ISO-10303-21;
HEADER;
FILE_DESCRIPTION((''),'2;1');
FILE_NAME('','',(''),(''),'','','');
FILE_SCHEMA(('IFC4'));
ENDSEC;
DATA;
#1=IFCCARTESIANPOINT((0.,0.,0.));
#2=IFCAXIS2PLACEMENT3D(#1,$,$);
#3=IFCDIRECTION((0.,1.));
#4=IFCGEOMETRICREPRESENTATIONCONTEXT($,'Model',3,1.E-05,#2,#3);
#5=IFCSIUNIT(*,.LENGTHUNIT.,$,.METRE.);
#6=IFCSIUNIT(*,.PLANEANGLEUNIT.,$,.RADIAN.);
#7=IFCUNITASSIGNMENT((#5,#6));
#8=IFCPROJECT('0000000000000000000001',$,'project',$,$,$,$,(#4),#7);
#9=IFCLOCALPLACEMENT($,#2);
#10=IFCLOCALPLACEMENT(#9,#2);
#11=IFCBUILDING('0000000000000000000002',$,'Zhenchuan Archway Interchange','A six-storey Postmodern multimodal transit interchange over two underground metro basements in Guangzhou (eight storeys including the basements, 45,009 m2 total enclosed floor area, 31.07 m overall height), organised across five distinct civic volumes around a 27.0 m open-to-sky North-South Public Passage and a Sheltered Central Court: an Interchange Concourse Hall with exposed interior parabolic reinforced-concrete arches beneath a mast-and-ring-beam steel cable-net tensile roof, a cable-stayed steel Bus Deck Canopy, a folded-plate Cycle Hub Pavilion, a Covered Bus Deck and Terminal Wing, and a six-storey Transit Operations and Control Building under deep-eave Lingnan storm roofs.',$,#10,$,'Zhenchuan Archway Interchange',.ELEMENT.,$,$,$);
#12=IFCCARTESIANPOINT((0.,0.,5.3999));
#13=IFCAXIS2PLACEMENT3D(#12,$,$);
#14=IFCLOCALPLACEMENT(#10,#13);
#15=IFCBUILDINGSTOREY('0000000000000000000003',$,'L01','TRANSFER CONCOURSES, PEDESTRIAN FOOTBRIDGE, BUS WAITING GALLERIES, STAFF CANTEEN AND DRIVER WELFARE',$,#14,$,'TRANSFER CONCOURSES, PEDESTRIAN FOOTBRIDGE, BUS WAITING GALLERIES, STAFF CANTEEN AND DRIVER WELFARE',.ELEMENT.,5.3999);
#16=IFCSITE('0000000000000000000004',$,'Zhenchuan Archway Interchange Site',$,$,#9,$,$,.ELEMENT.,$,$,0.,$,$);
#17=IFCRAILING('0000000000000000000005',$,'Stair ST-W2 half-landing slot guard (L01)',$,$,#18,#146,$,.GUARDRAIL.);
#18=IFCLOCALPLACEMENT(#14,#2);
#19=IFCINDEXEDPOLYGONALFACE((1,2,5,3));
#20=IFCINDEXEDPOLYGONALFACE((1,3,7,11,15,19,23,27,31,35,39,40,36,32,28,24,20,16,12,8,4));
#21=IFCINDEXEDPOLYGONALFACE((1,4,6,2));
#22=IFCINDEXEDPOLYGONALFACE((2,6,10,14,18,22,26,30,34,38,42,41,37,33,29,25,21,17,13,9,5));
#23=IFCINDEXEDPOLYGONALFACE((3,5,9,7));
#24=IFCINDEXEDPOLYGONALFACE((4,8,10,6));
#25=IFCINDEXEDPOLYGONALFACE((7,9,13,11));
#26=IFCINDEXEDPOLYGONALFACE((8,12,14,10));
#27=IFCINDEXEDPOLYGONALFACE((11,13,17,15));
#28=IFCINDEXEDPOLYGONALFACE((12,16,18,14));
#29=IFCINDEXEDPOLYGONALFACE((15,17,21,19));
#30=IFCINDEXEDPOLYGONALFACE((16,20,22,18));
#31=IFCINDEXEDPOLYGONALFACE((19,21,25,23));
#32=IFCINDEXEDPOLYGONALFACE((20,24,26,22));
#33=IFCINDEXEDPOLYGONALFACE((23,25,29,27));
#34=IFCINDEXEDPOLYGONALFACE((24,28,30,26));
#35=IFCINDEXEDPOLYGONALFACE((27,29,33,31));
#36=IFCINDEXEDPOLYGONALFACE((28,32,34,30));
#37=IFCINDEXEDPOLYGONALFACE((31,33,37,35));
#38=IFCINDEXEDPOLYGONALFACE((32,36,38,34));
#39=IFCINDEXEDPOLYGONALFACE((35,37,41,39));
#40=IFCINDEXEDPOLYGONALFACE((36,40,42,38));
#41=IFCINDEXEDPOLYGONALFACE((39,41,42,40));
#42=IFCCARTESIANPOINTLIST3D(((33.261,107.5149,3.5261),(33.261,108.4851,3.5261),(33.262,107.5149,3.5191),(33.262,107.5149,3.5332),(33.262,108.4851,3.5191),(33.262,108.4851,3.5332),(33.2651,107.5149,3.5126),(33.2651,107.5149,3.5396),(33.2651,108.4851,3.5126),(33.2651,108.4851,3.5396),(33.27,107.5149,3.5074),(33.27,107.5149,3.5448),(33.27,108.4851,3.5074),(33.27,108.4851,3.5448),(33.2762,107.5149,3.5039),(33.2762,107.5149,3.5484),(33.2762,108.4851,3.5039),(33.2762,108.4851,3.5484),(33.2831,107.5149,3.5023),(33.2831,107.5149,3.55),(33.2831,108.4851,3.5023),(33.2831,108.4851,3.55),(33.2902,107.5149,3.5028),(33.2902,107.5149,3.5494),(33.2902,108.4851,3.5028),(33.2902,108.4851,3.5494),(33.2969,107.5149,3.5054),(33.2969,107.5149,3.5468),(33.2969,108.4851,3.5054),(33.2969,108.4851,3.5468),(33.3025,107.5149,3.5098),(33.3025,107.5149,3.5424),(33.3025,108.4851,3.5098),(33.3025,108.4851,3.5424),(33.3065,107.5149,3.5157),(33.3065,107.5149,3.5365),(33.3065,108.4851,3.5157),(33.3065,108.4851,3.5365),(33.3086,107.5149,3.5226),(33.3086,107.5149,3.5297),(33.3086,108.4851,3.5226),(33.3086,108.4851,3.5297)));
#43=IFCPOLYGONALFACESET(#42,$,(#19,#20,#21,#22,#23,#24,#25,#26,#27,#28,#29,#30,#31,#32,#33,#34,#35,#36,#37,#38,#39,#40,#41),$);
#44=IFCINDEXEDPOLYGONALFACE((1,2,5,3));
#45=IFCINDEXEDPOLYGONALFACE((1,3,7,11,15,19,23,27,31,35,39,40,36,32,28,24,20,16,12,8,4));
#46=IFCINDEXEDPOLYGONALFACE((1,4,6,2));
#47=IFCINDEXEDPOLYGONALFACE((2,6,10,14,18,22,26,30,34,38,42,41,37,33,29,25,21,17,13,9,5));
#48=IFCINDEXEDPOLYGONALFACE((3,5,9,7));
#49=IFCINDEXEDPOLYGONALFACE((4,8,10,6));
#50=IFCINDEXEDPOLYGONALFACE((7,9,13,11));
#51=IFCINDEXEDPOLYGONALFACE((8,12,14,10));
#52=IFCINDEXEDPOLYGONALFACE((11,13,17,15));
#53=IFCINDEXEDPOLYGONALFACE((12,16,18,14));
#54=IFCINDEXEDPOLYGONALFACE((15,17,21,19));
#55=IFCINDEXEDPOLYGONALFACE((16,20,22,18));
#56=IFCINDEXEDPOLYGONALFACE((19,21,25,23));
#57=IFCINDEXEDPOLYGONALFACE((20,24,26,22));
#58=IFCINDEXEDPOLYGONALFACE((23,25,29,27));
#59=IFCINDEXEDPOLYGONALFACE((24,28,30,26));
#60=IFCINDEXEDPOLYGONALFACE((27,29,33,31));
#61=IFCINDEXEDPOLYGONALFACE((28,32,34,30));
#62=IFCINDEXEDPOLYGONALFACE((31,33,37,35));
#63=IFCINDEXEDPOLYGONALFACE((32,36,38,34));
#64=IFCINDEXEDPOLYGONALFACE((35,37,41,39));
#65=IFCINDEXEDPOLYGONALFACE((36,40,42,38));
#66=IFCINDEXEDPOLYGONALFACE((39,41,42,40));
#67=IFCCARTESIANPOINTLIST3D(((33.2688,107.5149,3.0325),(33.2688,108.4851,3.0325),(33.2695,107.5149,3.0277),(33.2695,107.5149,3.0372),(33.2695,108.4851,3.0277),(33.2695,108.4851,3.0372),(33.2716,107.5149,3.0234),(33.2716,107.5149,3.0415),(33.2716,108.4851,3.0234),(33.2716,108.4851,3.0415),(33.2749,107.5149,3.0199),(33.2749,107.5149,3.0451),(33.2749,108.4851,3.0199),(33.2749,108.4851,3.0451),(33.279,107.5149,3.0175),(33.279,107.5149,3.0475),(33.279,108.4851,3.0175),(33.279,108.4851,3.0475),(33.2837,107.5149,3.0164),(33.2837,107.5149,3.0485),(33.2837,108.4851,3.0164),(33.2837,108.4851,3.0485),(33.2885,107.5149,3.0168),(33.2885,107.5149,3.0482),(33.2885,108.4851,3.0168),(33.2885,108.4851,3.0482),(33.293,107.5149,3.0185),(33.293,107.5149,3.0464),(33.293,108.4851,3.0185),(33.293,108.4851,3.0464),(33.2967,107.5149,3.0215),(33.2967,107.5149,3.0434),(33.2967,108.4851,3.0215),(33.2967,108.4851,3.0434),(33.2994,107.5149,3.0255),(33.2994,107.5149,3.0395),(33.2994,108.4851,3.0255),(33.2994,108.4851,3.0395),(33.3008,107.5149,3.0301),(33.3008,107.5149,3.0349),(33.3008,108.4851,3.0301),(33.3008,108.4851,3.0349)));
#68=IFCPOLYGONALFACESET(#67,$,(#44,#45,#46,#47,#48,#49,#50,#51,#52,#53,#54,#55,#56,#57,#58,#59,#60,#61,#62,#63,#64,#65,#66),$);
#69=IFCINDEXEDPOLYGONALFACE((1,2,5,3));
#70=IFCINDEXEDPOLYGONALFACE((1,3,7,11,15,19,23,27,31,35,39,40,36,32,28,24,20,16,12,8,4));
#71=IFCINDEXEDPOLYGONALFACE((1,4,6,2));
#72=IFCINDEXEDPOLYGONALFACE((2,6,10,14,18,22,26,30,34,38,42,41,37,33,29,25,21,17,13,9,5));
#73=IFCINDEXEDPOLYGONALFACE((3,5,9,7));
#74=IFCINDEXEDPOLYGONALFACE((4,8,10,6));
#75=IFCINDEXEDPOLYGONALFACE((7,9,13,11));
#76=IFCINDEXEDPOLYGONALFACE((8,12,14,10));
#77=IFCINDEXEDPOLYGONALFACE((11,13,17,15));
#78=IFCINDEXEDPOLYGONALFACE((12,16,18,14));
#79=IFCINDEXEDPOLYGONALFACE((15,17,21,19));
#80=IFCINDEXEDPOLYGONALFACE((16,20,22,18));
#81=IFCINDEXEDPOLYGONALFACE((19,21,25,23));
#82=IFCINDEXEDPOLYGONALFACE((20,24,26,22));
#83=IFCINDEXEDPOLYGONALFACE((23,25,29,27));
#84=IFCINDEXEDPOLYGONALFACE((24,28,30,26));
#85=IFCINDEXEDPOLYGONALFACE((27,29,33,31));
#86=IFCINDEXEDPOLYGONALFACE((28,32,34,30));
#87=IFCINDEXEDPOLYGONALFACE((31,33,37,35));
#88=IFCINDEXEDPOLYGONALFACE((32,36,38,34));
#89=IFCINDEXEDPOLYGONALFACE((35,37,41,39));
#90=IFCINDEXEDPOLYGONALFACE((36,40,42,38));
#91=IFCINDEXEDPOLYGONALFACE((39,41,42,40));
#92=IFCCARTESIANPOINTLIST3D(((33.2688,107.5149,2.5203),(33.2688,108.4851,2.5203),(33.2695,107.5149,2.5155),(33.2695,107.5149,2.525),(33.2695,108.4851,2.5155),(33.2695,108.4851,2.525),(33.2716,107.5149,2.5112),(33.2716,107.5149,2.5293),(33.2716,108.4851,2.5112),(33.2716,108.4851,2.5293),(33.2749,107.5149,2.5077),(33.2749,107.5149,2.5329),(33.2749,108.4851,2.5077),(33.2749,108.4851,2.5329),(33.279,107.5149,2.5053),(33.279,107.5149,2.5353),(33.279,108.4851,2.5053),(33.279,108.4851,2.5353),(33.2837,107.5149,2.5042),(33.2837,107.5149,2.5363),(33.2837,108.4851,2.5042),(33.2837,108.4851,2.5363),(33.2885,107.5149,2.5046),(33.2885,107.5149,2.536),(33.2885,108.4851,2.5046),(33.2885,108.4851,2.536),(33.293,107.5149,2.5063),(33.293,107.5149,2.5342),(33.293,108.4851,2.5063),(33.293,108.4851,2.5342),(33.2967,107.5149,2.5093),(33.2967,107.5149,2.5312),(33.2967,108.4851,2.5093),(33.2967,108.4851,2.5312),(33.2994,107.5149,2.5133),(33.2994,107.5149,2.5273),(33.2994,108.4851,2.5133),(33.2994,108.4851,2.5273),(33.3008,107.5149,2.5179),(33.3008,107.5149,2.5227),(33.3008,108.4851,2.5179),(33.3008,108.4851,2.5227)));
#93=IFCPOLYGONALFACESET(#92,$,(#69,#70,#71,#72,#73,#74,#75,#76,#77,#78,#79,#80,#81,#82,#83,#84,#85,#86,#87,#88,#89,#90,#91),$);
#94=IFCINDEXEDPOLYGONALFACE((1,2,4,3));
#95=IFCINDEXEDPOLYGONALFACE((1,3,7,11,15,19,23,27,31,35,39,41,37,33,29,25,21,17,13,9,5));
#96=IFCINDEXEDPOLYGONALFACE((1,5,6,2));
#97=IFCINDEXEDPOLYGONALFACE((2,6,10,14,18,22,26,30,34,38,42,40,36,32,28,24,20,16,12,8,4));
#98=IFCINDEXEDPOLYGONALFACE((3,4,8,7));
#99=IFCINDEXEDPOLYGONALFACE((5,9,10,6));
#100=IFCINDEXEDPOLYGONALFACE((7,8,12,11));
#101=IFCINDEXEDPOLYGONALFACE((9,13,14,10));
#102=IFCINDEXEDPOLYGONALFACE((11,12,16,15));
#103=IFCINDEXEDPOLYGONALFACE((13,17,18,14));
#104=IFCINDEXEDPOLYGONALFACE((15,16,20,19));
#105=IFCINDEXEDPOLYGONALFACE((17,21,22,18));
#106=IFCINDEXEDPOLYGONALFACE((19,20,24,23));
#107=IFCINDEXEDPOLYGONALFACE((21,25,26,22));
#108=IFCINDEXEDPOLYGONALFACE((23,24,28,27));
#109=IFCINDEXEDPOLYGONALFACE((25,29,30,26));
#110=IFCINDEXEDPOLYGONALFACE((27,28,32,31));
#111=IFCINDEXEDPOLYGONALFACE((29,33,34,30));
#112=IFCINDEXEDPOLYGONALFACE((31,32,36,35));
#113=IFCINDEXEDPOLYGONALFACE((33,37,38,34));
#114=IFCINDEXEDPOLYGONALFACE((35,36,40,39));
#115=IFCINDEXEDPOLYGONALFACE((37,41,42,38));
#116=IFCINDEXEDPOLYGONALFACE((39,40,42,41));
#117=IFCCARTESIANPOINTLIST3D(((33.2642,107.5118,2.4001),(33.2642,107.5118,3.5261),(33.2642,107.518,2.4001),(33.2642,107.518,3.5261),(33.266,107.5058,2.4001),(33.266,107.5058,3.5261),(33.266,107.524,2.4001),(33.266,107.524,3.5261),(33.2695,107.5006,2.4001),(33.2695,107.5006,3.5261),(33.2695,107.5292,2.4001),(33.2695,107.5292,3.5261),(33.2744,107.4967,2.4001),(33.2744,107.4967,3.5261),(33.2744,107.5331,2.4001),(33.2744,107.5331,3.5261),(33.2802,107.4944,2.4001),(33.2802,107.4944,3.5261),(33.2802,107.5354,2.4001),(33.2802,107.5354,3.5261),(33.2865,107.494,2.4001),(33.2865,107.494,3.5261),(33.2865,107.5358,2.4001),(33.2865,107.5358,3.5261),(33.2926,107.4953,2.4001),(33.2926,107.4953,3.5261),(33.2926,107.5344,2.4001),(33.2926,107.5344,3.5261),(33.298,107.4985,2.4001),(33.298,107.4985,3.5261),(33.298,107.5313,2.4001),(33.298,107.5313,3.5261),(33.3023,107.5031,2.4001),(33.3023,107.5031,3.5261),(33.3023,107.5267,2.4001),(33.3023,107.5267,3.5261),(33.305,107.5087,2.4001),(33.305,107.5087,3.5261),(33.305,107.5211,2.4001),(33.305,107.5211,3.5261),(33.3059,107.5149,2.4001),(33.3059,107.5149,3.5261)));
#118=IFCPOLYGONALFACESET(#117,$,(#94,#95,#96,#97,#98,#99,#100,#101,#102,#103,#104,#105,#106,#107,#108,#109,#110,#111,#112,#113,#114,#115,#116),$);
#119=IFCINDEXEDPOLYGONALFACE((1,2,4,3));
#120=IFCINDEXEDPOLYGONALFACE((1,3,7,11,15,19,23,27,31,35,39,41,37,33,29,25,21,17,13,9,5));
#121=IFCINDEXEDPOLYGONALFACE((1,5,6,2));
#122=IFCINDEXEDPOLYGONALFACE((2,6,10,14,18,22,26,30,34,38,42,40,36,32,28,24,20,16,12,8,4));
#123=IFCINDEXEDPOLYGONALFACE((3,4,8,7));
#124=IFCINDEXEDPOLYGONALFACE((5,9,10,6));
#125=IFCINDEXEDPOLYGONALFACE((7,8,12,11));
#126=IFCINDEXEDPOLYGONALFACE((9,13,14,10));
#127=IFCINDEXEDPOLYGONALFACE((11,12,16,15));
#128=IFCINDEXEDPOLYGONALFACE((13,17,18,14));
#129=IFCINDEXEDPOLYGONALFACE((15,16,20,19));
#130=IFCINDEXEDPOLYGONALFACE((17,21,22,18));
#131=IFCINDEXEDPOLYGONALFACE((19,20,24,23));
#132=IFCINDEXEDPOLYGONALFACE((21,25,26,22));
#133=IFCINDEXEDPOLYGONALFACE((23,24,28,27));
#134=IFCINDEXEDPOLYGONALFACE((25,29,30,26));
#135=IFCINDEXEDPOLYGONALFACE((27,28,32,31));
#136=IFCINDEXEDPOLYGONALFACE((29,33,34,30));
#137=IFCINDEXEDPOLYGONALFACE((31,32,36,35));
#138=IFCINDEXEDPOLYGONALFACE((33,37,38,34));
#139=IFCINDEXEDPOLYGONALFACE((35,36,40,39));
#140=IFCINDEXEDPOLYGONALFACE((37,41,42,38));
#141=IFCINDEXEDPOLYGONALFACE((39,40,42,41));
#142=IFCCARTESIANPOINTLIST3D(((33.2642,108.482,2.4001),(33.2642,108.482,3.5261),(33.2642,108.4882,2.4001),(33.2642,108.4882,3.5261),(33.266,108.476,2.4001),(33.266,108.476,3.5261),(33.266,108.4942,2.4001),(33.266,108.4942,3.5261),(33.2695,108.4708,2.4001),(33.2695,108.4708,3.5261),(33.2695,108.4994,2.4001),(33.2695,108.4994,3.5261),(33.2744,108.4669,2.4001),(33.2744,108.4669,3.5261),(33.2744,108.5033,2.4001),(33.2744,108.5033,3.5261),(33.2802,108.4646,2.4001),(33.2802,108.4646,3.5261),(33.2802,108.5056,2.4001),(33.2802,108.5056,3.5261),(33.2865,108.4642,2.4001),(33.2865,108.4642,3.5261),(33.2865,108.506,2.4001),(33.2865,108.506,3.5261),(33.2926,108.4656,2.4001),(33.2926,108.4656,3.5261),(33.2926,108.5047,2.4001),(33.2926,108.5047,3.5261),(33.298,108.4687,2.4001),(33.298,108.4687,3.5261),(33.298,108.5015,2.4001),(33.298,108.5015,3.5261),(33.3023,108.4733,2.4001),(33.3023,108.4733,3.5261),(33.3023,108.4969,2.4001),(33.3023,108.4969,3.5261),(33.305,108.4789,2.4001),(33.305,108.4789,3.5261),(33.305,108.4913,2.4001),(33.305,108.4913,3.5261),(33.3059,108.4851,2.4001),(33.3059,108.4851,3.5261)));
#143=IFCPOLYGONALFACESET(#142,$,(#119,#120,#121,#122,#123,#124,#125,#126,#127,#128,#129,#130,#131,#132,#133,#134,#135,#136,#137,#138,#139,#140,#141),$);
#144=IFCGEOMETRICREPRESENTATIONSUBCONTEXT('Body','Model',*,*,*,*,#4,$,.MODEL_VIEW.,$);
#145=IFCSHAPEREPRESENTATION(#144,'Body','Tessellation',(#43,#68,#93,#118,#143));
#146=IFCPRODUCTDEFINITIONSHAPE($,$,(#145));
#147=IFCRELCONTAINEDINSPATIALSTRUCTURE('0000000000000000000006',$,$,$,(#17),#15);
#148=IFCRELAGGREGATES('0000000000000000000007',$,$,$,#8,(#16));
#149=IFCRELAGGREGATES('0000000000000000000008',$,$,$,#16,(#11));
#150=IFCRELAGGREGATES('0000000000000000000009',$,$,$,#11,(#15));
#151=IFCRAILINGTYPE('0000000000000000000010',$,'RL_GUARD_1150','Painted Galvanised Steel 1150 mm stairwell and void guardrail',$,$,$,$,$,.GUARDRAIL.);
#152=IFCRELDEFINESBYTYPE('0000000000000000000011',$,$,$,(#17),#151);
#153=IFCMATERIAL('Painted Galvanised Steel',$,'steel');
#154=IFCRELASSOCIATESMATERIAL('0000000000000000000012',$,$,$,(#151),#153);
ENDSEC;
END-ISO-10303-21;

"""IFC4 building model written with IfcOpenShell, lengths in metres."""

from ifc_helpers import new_model, si_unit, direction, frame, origin, origin_2d, place, context, subcontext, project, spatial, circle, extrude, material, type_object, element, save


model = new_model("IFC4")

# Units and contexts
model_context = context("Model", 3, precision=1e-05, world=origin(), true_north=direction((0.0, 1.0)))
body_context = subcontext(model_context, "Body", "Model", "MODEL_VIEW")
ifc_project = project(units=[si_unit("LENGTHUNIT", "METRE"), si_unit("PLANEANGLEUNIT", "RADIAN")], contexts=[model_context])

# Site, building, storey
site_placement = place(None, origin())
site = spatial("IfcSite", under=ifc_project, at=site_placement, Name="Zhenchuan Archway Interchange Site", CompositionType="ELEMENT", RefElevation=0.0)
building_placement = place(site_placement, origin())
building = spatial("IfcBuilding", under=site, at=building_placement, Name="Zhenchuan Archway Interchange", Description="A six-storey Postmodern multimodal transit interchange over two underground metro basements in Guangzhou (eight storeys including the basements, 45,009 m2 total enclosed floor area, 31.07 m overall height), organised across five distinct civic volumes around a 27.0 m open-to-sky North-South Public Passage and a Sheltered Central Court: an Interchange Concourse Hall with exposed interior parabolic reinforced-concrete arches beneath a mast-and-ring-beam steel cable-net tensile roof, a cable-stayed steel Bus Deck Canopy, a folded-plate Cycle Hub Pavilion, a Covered Bus Deck and Terminal Wing, and a six-storey Transit Operations and Control Building under deep-eave Lingnan storm roofs.", LongName="Zhenchuan Archway Interchange", CompositionType="ELEMENT")
storey_placement = place(building_placement, frame((0.0, 0.0, 5.3999)))
storey = spatial("IfcBuildingStorey", under=building, at=storey_placement, Name="L01", Description="TRANSFER CONCOURSES, PEDESTRIAN FOOTBRIDGE, BUS WAITING GALLERIES, STAFF CANTEEN AND DRIVER WELFARE", LongName="TRANSFER CONCOURSES, PEDESTRIAN FOOTBRIDGE, BUS WAITING GALLERIES, STAFF CANTEEN AND DRIVER WELFARE", CompositionType="ELEMENT", Elevation=5.3999)

# Shared definitions
ifc_material_1 = material(Name="Painted Galvanised Steel", Category="steel")

# Railing
railing_type_1 = type_object("IfcRailingType", Name="RL_GUARD_1150", Description="Painted Galvanised Steel 1150 mm stairwell and void guardrail", PredefinedType="GUARDRAIL", material=ifc_material_1)
for number, where, name in (
    (1, (33.2849, 107.5149, 2.4001), "Stair ST-W2 half-landing slot guard (L01)"),
):
    element("IfcRailing", number, at=place(storey_placement, frame(where)), inside=storey, type_object=railing_type_1, Name=name, PredefinedType="GUARDRAIL", context=body_context, shape_type="SweptSolid", body=[
        extrude(circle(Radius=0.0239, at=origin_2d()), frame((0.0, 0.0, 1.126), z_axis=(0.0, 1.0, 0.0), x_axis=(-1.0, 0.0, 0.0)), (0.0, 0.0, 1.0), 0.9702),
        extrude(circle(Radius=0.0161, at=origin_2d()), frame((0.0, 0.0, 0.6323), z_axis=(0.0, 1.0, 0.0), x_axis=(-1.0, 0.0, 0.0)), (0.0, 0.0, 1.0), 0.9702),
        extrude(circle(Radius=0.0161, at=origin_2d()), frame((0.0, 0.0, 0.1201), z_axis=(0.0, 1.0, 0.0), x_axis=(-1.0, 0.0, 0.0)), (0.0, 0.0, 1.0), 0.9702),
        extrude(circle(Radius=0.021, at=origin_2d()), origin(), (0.0, 0.0, 1.0), 1.126),
        extrude(circle(Radius=0.021, at=origin_2d()), frame((0.0, 0.9702, 0.0)), (0.0, 0.0, 1.0), 1.126),
    ])

save(model, "model.ifc")
